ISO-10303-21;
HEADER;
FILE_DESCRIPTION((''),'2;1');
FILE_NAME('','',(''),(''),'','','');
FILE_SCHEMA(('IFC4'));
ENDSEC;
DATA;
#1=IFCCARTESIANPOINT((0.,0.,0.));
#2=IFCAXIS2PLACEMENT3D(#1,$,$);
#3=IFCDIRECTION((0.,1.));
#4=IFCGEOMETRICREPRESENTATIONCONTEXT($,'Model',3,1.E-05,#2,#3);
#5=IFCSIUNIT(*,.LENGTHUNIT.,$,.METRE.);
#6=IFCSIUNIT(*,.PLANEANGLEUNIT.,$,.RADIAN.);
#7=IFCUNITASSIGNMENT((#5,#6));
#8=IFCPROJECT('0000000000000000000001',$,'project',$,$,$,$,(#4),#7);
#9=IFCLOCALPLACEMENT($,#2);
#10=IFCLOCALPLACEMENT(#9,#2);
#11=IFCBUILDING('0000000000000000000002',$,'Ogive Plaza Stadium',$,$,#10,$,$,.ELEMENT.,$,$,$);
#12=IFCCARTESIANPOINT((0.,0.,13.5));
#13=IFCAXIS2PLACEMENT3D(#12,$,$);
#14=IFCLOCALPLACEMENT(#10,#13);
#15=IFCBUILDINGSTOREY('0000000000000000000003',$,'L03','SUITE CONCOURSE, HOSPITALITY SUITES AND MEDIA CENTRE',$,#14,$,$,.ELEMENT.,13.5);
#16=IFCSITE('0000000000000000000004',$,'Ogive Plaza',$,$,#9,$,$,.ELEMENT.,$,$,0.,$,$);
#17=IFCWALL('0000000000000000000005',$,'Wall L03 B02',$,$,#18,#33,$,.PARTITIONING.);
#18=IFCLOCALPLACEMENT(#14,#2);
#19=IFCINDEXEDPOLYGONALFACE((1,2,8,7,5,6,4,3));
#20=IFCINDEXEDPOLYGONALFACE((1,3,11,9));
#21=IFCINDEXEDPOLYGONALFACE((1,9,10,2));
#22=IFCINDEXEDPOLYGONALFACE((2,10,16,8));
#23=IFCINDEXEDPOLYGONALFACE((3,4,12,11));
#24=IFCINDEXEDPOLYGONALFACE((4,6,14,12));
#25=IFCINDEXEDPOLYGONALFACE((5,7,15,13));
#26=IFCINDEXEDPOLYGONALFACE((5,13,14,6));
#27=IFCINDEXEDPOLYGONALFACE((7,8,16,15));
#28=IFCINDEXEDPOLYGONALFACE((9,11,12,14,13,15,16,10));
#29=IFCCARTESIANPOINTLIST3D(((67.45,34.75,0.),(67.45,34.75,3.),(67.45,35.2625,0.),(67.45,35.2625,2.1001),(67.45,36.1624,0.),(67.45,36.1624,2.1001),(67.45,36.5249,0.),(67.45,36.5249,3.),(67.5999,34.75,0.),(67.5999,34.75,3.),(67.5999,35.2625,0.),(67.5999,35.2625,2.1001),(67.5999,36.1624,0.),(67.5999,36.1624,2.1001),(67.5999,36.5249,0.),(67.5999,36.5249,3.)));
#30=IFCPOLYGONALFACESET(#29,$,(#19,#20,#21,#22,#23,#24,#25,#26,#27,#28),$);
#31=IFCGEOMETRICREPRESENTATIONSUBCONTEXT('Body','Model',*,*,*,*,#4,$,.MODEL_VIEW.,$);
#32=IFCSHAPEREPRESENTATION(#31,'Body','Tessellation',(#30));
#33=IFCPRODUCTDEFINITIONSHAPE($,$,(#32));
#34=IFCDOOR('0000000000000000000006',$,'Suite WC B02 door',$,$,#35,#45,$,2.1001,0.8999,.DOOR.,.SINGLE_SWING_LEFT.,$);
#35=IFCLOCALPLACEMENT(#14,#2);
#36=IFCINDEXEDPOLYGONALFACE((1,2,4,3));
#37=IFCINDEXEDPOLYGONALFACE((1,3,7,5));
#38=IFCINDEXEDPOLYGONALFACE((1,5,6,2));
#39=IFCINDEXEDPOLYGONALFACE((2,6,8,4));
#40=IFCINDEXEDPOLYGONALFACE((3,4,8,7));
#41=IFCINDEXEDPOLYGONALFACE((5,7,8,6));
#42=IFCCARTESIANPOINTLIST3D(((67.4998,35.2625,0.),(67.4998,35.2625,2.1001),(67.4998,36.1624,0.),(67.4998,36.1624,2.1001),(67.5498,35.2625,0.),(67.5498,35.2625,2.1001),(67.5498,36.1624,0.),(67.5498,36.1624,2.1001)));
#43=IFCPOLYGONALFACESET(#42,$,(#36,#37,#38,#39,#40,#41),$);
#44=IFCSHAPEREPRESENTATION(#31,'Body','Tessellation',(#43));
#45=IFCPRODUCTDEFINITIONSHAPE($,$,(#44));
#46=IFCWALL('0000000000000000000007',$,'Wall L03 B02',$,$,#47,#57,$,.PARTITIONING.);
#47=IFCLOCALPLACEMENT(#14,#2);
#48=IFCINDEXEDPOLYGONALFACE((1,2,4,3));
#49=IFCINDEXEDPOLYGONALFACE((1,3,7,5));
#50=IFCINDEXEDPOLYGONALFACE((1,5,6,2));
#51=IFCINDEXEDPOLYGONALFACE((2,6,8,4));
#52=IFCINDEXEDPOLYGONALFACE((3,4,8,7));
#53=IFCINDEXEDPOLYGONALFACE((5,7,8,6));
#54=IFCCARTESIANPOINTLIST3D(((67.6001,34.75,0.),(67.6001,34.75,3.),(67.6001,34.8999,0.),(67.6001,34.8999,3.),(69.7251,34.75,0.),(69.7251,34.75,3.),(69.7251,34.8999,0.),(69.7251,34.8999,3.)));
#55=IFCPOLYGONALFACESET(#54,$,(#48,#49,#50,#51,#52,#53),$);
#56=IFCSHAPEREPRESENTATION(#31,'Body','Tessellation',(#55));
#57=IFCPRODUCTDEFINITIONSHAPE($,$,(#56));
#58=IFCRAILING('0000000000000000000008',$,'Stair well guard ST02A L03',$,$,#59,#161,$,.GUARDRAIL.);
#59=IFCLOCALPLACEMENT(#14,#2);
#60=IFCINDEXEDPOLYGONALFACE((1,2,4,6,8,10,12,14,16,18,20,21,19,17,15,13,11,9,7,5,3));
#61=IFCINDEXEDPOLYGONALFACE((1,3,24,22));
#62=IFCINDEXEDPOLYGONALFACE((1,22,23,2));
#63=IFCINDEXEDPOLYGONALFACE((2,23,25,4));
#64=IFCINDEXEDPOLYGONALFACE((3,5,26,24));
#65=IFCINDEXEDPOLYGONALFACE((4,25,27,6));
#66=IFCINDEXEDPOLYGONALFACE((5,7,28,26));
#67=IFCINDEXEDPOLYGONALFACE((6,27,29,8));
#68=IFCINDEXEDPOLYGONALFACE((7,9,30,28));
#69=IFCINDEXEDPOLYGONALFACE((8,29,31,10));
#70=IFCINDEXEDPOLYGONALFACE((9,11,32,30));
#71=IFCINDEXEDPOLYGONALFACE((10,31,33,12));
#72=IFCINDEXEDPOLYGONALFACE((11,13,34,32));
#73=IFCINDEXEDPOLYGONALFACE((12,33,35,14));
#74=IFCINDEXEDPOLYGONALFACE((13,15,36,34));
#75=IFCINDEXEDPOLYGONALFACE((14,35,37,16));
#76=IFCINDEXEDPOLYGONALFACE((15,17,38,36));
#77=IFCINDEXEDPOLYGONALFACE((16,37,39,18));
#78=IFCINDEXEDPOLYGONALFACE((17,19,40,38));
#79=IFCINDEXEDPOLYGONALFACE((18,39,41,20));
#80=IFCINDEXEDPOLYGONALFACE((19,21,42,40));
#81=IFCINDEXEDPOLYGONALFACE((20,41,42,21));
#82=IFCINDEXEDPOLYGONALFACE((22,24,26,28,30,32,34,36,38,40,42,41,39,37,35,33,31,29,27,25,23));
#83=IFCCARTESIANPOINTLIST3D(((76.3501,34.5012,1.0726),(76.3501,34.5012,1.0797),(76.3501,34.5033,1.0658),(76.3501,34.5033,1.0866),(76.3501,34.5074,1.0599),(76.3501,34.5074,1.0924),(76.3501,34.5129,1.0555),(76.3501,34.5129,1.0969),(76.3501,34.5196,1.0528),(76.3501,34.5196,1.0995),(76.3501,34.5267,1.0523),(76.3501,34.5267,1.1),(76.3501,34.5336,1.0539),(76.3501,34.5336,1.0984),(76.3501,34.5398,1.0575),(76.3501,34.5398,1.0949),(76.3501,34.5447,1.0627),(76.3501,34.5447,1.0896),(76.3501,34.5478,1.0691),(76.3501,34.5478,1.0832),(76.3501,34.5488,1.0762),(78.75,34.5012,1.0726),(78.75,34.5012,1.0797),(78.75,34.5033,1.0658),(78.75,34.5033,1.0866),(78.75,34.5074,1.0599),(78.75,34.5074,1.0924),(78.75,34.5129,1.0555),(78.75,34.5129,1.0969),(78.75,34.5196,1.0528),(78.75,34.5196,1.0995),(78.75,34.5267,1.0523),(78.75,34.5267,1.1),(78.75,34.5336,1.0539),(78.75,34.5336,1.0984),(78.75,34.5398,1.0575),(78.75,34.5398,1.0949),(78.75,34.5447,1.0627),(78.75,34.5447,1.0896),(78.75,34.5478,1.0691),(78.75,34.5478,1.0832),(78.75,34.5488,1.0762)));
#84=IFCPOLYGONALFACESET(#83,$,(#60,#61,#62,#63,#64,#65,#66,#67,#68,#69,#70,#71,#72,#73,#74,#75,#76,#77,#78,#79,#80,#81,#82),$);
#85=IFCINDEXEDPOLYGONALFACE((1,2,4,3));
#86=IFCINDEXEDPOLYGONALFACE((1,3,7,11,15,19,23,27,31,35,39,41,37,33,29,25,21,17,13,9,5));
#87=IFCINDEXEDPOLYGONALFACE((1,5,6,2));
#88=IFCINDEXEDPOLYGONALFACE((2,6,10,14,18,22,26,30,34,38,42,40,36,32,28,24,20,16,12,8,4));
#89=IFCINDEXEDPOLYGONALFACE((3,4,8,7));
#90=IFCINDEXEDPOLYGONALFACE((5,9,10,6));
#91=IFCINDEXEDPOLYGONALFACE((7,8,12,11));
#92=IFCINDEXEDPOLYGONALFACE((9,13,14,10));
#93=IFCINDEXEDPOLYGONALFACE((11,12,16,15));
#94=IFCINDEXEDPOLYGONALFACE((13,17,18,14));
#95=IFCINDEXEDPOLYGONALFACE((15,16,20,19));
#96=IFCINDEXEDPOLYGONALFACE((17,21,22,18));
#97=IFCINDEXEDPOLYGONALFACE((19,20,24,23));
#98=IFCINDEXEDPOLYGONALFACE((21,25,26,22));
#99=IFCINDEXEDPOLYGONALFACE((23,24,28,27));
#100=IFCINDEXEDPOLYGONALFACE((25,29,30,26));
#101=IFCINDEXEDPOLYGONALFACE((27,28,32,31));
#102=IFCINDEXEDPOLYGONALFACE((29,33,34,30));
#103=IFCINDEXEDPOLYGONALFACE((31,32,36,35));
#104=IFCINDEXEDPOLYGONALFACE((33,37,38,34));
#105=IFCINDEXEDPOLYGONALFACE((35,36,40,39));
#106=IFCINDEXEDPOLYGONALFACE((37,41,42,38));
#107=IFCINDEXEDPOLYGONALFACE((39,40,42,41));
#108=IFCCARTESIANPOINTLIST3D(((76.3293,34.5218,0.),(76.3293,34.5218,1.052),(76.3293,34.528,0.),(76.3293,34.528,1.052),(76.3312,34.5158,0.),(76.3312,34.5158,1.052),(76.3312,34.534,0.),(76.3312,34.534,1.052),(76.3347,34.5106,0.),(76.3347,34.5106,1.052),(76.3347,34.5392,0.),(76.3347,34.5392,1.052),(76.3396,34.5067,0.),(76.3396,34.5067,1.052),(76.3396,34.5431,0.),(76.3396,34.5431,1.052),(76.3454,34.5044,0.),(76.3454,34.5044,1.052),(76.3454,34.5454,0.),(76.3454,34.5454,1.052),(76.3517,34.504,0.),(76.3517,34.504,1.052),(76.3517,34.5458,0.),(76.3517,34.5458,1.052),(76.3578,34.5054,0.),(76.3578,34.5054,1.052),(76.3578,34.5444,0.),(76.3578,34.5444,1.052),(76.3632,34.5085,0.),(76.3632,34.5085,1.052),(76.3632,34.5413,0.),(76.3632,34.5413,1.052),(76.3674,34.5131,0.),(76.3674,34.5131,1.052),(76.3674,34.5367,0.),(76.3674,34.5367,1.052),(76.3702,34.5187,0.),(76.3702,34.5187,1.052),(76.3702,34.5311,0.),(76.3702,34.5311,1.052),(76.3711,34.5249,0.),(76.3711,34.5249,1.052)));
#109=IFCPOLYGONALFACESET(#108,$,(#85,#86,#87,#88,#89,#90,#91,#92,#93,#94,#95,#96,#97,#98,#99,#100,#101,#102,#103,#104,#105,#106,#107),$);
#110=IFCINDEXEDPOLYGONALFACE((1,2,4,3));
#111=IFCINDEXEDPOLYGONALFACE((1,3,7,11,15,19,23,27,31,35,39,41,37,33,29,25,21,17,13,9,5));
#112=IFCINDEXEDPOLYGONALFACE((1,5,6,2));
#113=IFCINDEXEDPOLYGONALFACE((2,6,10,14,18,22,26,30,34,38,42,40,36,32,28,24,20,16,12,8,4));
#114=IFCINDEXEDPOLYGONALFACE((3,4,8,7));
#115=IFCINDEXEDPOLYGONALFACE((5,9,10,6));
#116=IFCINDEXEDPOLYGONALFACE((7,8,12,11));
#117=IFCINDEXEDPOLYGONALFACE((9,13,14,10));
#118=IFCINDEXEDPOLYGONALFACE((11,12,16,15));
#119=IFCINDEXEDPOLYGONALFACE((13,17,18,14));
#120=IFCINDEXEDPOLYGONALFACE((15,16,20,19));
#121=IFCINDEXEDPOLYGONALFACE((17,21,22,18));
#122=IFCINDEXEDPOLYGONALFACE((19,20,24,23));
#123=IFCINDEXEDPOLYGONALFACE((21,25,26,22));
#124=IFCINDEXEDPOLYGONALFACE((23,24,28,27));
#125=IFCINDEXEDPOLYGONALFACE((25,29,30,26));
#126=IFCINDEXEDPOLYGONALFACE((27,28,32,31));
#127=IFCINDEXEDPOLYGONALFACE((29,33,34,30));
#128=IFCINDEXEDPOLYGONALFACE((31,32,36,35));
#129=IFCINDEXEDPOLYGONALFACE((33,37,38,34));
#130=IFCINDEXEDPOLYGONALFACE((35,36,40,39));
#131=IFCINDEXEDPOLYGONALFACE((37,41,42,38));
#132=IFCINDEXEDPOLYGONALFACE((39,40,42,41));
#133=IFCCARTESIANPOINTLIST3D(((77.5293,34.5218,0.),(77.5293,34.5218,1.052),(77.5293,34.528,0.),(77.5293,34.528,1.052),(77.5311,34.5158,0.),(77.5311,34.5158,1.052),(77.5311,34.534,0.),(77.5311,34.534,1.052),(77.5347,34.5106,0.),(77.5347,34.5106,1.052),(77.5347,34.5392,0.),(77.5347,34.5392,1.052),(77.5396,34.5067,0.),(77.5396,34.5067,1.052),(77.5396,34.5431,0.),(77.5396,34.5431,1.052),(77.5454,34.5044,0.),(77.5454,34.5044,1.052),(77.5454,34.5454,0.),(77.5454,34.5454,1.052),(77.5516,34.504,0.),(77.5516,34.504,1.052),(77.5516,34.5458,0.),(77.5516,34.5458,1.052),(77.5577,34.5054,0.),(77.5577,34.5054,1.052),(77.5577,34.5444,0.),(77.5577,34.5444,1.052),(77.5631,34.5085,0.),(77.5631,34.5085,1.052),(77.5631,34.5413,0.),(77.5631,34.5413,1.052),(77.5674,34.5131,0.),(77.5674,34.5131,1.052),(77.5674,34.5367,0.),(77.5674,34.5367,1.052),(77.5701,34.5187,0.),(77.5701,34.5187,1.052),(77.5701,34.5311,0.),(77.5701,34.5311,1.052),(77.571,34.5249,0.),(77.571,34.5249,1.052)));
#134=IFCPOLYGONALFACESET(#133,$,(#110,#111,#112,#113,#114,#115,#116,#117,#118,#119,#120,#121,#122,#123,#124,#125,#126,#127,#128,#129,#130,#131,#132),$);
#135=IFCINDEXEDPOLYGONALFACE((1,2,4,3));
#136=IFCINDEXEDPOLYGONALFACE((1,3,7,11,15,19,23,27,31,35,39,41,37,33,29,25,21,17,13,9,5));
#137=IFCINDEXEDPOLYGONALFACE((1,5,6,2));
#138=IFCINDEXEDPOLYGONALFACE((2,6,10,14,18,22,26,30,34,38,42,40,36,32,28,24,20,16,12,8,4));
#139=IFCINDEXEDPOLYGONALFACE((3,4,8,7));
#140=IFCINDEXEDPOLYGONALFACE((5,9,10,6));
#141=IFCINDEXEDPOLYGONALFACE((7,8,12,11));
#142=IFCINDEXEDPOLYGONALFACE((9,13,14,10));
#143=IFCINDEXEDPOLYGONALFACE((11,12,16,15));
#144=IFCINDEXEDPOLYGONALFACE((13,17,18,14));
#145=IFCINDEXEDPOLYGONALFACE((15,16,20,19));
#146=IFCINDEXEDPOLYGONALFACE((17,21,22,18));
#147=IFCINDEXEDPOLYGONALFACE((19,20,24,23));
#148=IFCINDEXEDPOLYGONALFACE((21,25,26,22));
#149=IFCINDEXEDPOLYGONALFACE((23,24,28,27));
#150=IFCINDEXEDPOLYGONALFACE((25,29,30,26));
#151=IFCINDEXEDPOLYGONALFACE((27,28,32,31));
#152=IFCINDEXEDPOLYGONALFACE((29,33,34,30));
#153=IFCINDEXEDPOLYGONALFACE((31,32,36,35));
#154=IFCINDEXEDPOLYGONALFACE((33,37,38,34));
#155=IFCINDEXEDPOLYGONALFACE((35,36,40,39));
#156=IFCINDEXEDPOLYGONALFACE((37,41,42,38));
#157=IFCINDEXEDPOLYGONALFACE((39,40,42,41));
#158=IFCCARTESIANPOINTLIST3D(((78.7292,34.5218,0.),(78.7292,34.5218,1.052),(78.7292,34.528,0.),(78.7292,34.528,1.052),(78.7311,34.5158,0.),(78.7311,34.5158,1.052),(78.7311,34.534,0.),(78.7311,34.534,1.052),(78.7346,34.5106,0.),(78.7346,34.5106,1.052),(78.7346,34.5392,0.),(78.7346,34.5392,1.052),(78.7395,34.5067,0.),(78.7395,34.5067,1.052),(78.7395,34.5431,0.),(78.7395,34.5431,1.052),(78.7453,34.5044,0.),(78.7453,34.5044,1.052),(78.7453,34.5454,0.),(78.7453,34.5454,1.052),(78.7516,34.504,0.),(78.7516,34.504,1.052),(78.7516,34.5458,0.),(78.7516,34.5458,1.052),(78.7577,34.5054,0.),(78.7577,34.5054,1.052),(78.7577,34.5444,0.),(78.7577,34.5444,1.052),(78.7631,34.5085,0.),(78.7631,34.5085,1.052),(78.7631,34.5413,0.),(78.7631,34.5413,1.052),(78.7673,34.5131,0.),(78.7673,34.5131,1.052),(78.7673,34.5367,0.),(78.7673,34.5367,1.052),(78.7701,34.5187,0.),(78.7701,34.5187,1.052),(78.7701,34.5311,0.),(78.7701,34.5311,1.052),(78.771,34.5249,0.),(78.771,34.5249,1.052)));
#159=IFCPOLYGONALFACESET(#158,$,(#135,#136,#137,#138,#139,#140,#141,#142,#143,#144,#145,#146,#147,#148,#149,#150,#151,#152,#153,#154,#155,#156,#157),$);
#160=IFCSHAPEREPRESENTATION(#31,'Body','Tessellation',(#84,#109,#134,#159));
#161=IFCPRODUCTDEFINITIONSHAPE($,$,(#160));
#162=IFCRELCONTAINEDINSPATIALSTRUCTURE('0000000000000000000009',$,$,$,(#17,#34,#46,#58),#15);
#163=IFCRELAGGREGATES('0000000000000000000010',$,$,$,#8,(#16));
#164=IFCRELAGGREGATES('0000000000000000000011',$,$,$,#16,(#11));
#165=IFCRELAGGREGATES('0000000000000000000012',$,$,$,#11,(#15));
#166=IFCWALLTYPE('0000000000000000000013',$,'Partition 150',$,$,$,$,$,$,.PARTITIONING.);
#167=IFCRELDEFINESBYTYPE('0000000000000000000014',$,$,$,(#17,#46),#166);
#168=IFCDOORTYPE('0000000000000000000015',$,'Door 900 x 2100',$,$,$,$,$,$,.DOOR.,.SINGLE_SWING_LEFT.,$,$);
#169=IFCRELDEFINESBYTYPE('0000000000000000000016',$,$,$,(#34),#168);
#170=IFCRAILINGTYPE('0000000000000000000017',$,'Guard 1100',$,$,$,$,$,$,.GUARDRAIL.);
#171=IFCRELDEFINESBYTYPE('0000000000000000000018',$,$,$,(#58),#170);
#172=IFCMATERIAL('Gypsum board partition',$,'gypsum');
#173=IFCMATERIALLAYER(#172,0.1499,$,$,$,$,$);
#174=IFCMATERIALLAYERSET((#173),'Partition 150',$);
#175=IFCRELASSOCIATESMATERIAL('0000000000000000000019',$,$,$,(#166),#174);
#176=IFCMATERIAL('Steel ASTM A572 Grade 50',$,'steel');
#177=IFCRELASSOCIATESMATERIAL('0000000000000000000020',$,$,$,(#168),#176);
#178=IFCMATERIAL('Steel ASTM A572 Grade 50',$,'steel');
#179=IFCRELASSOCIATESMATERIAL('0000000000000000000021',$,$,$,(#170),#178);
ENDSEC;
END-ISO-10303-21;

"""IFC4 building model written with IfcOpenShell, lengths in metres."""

from ifc_helpers import new_model, si_unit, direction, frame, frame_2d, origin, origin_2d, place, context, subcontext, project, spatial, rectangle, circle, extrude, material, layer, layer_set, type_object, element, fill, save


model = new_model("IFC4")

# Units and contexts
model_context = context("Model", 3, precision=1e-05, world=origin(), true_north=direction((0.0, 1.0)))
body_context = subcontext(model_context, "Body", "Model", "MODEL_VIEW")
ifc_project = project(units=[si_unit("LENGTHUNIT", "METRE"), si_unit("PLANEANGLEUNIT", "RADIAN")], contexts=[model_context])

# Site, building, storey
site_placement = place(None, origin())
site = spatial("IfcSite", under=ifc_project, at=site_placement, Name="Ogive Plaza", CompositionType="ELEMENT", RefElevation=0.0)
building_placement = place(site_placement, origin())
building = spatial("IfcBuilding", under=site, at=building_placement, Name="Ogive Plaza Stadium", CompositionType="ELEMENT")
storey_placement = place(building_placement, frame((0.0, 0.0, 13.5)))
storey = spatial("IfcBuildingStorey", under=building, at=storey_placement, Name="L03", Description="SUITE CONCOURSE, HOSPITALITY SUITES AND MEDIA CENTRE", CompositionType="ELEMENT", Elevation=13.5)

# Wall, opening, door
ifc_material_1 = material(Name="Gypsum board partition", Category="gypsum")
ifc_layer_1 = layer(ifc_material_1, 0.1499)
ifc_layer_set_1 = layer_set([ifc_layer_1], Name="Partition 150")
wall_type_1 = type_object("IfcWallType", Name="Partition 150", PredefinedType="PARTITIONING", material=ifc_layer_set_1)
wall_1_placement = place(storey_placement, frame((67.5249, 36.5249, 0.0), z_axis=(0.0, 0.0, 1.0), x_axis=(0.0, -1.0, 0.0)))
wall_1 = element("IfcWall", 1, at=wall_1_placement, inside=storey, type_object=wall_type_1, Name="Wall L03 B02", PredefinedType="PARTITIONING", context=body_context, shape_type="SweptSolid", body=[
    extrude(rectangle(XDim=1.7749, YDim=0.1499, at=frame_2d((0.8875, 0.0))), origin(), (0.0, 0.0, 1.0), 3.0),
])
opening_1_placement = place(wall_1_placement, frame((0.3625, 0.0, 0.0)))
opening_1 = element("IfcOpeningElement", 2, at=opening_1_placement, cuts=wall_1, PredefinedType="OPENING", context=body_context, shape_type="SweptSolid", body=[
    extrude(rectangle(XDim=0.8999, YDim=2.1001, at=frame_2d((0.45, 1.05))), frame((0.0, 0.075, 0.0), z_axis=(0.0, -1.0, 0.0), x_axis=(1.0, 0.0, 0.0)), (0.0, 0.0, 1.0), 0.1499),
])
ifc_material_2 = material(Name="Steel ASTM A572 Grade 50", Category="steel")
door_type_1 = type_object("IfcDoorType", Name="Door 900 x 2100", OperationType="SINGLE_SWING_LEFT", PredefinedType="DOOR", material=ifc_material_2)
door_1_placement = place(opening_1_placement, origin())
door_1 = element("IfcDoor", 3, at=door_1_placement, inside=storey, type_object=door_type_1, Name="Suite WC B02 door", OperationType="SINGLE_SWING_LEFT", OverallHeight=2.1001, OverallWidth=0.8999, PredefinedType="DOOR", context=body_context, shape_type="SweptSolid", body=[
    extrude(rectangle(XDim=0.8999, YDim=2.1001, at=frame_2d((0.45, 1.05))), frame((0.0, 0.0249, 0.0), z_axis=(0.0, -1.0, 0.0), x_axis=(1.0, 0.0, 0.0)), (0.0, 0.0, 1.0), 0.05),
])
fill(opening_1, door_1)

# Wall
wall_2_placement = place(storey_placement, frame((67.6001, 34.825, 0.0), z_axis=(0.0, 0.0, 1.0), x_axis=(1.0, 0.0, 0.0)))
element("IfcWall", 4, at=wall_2_placement, inside=storey, type_object=wall_type_1, Name="Wall L03 B02", PredefinedType="PARTITIONING", context=body_context, shape_type="SweptSolid", body=[
    extrude(rectangle(XDim=2.125, YDim=0.1499, at=frame_2d((1.0625, 0.0))), origin(), (0.0, 0.0, 1.0), 3.0),
])

# Railing
ifc_material_3 = material(Name="Steel ASTM A572 Grade 50", Category="steel")
railing_type_1 = type_object("IfcRailingType", Name="Guard 1100", PredefinedType="GUARDRAIL", material=ifc_material_3)
for number, where, name in (
    (5, (76.3501, 34.5249, 0.0), "Stair well guard ST02A L03"),
):
    element("IfcRailing", number, at=place(storey_placement, frame(where)), inside=storey, type_object=railing_type_1, Name=name, PredefinedType="GUARDRAIL", context=body_context, shape_type="SweptSolid", body=[
        extrude(circle(Radius=0.0239, at=origin_2d()), frame((0.0, 0.0, 1.0762), z_axis=(1.0, 0.0, 0.0), x_axis=(0.0, 1.0, 0.0)), (0.0, 0.0, 1.0), 2.3999),
        extrude(circle(Radius=0.021, at=origin_2d()), origin(), (0.0, 0.0, 1.0), 1.052),
        extrude(circle(Radius=0.021, at=origin_2d()), frame((1.2, 0.0, 0.0)), (0.0, 0.0, 1.0), 1.052),
        extrude(circle(Radius=0.021, at=origin_2d()), frame((2.3999, 0.0, 0.0)), (0.0, 0.0, 1.0), 1.052),
    ])

save(model, "model.ifc")
